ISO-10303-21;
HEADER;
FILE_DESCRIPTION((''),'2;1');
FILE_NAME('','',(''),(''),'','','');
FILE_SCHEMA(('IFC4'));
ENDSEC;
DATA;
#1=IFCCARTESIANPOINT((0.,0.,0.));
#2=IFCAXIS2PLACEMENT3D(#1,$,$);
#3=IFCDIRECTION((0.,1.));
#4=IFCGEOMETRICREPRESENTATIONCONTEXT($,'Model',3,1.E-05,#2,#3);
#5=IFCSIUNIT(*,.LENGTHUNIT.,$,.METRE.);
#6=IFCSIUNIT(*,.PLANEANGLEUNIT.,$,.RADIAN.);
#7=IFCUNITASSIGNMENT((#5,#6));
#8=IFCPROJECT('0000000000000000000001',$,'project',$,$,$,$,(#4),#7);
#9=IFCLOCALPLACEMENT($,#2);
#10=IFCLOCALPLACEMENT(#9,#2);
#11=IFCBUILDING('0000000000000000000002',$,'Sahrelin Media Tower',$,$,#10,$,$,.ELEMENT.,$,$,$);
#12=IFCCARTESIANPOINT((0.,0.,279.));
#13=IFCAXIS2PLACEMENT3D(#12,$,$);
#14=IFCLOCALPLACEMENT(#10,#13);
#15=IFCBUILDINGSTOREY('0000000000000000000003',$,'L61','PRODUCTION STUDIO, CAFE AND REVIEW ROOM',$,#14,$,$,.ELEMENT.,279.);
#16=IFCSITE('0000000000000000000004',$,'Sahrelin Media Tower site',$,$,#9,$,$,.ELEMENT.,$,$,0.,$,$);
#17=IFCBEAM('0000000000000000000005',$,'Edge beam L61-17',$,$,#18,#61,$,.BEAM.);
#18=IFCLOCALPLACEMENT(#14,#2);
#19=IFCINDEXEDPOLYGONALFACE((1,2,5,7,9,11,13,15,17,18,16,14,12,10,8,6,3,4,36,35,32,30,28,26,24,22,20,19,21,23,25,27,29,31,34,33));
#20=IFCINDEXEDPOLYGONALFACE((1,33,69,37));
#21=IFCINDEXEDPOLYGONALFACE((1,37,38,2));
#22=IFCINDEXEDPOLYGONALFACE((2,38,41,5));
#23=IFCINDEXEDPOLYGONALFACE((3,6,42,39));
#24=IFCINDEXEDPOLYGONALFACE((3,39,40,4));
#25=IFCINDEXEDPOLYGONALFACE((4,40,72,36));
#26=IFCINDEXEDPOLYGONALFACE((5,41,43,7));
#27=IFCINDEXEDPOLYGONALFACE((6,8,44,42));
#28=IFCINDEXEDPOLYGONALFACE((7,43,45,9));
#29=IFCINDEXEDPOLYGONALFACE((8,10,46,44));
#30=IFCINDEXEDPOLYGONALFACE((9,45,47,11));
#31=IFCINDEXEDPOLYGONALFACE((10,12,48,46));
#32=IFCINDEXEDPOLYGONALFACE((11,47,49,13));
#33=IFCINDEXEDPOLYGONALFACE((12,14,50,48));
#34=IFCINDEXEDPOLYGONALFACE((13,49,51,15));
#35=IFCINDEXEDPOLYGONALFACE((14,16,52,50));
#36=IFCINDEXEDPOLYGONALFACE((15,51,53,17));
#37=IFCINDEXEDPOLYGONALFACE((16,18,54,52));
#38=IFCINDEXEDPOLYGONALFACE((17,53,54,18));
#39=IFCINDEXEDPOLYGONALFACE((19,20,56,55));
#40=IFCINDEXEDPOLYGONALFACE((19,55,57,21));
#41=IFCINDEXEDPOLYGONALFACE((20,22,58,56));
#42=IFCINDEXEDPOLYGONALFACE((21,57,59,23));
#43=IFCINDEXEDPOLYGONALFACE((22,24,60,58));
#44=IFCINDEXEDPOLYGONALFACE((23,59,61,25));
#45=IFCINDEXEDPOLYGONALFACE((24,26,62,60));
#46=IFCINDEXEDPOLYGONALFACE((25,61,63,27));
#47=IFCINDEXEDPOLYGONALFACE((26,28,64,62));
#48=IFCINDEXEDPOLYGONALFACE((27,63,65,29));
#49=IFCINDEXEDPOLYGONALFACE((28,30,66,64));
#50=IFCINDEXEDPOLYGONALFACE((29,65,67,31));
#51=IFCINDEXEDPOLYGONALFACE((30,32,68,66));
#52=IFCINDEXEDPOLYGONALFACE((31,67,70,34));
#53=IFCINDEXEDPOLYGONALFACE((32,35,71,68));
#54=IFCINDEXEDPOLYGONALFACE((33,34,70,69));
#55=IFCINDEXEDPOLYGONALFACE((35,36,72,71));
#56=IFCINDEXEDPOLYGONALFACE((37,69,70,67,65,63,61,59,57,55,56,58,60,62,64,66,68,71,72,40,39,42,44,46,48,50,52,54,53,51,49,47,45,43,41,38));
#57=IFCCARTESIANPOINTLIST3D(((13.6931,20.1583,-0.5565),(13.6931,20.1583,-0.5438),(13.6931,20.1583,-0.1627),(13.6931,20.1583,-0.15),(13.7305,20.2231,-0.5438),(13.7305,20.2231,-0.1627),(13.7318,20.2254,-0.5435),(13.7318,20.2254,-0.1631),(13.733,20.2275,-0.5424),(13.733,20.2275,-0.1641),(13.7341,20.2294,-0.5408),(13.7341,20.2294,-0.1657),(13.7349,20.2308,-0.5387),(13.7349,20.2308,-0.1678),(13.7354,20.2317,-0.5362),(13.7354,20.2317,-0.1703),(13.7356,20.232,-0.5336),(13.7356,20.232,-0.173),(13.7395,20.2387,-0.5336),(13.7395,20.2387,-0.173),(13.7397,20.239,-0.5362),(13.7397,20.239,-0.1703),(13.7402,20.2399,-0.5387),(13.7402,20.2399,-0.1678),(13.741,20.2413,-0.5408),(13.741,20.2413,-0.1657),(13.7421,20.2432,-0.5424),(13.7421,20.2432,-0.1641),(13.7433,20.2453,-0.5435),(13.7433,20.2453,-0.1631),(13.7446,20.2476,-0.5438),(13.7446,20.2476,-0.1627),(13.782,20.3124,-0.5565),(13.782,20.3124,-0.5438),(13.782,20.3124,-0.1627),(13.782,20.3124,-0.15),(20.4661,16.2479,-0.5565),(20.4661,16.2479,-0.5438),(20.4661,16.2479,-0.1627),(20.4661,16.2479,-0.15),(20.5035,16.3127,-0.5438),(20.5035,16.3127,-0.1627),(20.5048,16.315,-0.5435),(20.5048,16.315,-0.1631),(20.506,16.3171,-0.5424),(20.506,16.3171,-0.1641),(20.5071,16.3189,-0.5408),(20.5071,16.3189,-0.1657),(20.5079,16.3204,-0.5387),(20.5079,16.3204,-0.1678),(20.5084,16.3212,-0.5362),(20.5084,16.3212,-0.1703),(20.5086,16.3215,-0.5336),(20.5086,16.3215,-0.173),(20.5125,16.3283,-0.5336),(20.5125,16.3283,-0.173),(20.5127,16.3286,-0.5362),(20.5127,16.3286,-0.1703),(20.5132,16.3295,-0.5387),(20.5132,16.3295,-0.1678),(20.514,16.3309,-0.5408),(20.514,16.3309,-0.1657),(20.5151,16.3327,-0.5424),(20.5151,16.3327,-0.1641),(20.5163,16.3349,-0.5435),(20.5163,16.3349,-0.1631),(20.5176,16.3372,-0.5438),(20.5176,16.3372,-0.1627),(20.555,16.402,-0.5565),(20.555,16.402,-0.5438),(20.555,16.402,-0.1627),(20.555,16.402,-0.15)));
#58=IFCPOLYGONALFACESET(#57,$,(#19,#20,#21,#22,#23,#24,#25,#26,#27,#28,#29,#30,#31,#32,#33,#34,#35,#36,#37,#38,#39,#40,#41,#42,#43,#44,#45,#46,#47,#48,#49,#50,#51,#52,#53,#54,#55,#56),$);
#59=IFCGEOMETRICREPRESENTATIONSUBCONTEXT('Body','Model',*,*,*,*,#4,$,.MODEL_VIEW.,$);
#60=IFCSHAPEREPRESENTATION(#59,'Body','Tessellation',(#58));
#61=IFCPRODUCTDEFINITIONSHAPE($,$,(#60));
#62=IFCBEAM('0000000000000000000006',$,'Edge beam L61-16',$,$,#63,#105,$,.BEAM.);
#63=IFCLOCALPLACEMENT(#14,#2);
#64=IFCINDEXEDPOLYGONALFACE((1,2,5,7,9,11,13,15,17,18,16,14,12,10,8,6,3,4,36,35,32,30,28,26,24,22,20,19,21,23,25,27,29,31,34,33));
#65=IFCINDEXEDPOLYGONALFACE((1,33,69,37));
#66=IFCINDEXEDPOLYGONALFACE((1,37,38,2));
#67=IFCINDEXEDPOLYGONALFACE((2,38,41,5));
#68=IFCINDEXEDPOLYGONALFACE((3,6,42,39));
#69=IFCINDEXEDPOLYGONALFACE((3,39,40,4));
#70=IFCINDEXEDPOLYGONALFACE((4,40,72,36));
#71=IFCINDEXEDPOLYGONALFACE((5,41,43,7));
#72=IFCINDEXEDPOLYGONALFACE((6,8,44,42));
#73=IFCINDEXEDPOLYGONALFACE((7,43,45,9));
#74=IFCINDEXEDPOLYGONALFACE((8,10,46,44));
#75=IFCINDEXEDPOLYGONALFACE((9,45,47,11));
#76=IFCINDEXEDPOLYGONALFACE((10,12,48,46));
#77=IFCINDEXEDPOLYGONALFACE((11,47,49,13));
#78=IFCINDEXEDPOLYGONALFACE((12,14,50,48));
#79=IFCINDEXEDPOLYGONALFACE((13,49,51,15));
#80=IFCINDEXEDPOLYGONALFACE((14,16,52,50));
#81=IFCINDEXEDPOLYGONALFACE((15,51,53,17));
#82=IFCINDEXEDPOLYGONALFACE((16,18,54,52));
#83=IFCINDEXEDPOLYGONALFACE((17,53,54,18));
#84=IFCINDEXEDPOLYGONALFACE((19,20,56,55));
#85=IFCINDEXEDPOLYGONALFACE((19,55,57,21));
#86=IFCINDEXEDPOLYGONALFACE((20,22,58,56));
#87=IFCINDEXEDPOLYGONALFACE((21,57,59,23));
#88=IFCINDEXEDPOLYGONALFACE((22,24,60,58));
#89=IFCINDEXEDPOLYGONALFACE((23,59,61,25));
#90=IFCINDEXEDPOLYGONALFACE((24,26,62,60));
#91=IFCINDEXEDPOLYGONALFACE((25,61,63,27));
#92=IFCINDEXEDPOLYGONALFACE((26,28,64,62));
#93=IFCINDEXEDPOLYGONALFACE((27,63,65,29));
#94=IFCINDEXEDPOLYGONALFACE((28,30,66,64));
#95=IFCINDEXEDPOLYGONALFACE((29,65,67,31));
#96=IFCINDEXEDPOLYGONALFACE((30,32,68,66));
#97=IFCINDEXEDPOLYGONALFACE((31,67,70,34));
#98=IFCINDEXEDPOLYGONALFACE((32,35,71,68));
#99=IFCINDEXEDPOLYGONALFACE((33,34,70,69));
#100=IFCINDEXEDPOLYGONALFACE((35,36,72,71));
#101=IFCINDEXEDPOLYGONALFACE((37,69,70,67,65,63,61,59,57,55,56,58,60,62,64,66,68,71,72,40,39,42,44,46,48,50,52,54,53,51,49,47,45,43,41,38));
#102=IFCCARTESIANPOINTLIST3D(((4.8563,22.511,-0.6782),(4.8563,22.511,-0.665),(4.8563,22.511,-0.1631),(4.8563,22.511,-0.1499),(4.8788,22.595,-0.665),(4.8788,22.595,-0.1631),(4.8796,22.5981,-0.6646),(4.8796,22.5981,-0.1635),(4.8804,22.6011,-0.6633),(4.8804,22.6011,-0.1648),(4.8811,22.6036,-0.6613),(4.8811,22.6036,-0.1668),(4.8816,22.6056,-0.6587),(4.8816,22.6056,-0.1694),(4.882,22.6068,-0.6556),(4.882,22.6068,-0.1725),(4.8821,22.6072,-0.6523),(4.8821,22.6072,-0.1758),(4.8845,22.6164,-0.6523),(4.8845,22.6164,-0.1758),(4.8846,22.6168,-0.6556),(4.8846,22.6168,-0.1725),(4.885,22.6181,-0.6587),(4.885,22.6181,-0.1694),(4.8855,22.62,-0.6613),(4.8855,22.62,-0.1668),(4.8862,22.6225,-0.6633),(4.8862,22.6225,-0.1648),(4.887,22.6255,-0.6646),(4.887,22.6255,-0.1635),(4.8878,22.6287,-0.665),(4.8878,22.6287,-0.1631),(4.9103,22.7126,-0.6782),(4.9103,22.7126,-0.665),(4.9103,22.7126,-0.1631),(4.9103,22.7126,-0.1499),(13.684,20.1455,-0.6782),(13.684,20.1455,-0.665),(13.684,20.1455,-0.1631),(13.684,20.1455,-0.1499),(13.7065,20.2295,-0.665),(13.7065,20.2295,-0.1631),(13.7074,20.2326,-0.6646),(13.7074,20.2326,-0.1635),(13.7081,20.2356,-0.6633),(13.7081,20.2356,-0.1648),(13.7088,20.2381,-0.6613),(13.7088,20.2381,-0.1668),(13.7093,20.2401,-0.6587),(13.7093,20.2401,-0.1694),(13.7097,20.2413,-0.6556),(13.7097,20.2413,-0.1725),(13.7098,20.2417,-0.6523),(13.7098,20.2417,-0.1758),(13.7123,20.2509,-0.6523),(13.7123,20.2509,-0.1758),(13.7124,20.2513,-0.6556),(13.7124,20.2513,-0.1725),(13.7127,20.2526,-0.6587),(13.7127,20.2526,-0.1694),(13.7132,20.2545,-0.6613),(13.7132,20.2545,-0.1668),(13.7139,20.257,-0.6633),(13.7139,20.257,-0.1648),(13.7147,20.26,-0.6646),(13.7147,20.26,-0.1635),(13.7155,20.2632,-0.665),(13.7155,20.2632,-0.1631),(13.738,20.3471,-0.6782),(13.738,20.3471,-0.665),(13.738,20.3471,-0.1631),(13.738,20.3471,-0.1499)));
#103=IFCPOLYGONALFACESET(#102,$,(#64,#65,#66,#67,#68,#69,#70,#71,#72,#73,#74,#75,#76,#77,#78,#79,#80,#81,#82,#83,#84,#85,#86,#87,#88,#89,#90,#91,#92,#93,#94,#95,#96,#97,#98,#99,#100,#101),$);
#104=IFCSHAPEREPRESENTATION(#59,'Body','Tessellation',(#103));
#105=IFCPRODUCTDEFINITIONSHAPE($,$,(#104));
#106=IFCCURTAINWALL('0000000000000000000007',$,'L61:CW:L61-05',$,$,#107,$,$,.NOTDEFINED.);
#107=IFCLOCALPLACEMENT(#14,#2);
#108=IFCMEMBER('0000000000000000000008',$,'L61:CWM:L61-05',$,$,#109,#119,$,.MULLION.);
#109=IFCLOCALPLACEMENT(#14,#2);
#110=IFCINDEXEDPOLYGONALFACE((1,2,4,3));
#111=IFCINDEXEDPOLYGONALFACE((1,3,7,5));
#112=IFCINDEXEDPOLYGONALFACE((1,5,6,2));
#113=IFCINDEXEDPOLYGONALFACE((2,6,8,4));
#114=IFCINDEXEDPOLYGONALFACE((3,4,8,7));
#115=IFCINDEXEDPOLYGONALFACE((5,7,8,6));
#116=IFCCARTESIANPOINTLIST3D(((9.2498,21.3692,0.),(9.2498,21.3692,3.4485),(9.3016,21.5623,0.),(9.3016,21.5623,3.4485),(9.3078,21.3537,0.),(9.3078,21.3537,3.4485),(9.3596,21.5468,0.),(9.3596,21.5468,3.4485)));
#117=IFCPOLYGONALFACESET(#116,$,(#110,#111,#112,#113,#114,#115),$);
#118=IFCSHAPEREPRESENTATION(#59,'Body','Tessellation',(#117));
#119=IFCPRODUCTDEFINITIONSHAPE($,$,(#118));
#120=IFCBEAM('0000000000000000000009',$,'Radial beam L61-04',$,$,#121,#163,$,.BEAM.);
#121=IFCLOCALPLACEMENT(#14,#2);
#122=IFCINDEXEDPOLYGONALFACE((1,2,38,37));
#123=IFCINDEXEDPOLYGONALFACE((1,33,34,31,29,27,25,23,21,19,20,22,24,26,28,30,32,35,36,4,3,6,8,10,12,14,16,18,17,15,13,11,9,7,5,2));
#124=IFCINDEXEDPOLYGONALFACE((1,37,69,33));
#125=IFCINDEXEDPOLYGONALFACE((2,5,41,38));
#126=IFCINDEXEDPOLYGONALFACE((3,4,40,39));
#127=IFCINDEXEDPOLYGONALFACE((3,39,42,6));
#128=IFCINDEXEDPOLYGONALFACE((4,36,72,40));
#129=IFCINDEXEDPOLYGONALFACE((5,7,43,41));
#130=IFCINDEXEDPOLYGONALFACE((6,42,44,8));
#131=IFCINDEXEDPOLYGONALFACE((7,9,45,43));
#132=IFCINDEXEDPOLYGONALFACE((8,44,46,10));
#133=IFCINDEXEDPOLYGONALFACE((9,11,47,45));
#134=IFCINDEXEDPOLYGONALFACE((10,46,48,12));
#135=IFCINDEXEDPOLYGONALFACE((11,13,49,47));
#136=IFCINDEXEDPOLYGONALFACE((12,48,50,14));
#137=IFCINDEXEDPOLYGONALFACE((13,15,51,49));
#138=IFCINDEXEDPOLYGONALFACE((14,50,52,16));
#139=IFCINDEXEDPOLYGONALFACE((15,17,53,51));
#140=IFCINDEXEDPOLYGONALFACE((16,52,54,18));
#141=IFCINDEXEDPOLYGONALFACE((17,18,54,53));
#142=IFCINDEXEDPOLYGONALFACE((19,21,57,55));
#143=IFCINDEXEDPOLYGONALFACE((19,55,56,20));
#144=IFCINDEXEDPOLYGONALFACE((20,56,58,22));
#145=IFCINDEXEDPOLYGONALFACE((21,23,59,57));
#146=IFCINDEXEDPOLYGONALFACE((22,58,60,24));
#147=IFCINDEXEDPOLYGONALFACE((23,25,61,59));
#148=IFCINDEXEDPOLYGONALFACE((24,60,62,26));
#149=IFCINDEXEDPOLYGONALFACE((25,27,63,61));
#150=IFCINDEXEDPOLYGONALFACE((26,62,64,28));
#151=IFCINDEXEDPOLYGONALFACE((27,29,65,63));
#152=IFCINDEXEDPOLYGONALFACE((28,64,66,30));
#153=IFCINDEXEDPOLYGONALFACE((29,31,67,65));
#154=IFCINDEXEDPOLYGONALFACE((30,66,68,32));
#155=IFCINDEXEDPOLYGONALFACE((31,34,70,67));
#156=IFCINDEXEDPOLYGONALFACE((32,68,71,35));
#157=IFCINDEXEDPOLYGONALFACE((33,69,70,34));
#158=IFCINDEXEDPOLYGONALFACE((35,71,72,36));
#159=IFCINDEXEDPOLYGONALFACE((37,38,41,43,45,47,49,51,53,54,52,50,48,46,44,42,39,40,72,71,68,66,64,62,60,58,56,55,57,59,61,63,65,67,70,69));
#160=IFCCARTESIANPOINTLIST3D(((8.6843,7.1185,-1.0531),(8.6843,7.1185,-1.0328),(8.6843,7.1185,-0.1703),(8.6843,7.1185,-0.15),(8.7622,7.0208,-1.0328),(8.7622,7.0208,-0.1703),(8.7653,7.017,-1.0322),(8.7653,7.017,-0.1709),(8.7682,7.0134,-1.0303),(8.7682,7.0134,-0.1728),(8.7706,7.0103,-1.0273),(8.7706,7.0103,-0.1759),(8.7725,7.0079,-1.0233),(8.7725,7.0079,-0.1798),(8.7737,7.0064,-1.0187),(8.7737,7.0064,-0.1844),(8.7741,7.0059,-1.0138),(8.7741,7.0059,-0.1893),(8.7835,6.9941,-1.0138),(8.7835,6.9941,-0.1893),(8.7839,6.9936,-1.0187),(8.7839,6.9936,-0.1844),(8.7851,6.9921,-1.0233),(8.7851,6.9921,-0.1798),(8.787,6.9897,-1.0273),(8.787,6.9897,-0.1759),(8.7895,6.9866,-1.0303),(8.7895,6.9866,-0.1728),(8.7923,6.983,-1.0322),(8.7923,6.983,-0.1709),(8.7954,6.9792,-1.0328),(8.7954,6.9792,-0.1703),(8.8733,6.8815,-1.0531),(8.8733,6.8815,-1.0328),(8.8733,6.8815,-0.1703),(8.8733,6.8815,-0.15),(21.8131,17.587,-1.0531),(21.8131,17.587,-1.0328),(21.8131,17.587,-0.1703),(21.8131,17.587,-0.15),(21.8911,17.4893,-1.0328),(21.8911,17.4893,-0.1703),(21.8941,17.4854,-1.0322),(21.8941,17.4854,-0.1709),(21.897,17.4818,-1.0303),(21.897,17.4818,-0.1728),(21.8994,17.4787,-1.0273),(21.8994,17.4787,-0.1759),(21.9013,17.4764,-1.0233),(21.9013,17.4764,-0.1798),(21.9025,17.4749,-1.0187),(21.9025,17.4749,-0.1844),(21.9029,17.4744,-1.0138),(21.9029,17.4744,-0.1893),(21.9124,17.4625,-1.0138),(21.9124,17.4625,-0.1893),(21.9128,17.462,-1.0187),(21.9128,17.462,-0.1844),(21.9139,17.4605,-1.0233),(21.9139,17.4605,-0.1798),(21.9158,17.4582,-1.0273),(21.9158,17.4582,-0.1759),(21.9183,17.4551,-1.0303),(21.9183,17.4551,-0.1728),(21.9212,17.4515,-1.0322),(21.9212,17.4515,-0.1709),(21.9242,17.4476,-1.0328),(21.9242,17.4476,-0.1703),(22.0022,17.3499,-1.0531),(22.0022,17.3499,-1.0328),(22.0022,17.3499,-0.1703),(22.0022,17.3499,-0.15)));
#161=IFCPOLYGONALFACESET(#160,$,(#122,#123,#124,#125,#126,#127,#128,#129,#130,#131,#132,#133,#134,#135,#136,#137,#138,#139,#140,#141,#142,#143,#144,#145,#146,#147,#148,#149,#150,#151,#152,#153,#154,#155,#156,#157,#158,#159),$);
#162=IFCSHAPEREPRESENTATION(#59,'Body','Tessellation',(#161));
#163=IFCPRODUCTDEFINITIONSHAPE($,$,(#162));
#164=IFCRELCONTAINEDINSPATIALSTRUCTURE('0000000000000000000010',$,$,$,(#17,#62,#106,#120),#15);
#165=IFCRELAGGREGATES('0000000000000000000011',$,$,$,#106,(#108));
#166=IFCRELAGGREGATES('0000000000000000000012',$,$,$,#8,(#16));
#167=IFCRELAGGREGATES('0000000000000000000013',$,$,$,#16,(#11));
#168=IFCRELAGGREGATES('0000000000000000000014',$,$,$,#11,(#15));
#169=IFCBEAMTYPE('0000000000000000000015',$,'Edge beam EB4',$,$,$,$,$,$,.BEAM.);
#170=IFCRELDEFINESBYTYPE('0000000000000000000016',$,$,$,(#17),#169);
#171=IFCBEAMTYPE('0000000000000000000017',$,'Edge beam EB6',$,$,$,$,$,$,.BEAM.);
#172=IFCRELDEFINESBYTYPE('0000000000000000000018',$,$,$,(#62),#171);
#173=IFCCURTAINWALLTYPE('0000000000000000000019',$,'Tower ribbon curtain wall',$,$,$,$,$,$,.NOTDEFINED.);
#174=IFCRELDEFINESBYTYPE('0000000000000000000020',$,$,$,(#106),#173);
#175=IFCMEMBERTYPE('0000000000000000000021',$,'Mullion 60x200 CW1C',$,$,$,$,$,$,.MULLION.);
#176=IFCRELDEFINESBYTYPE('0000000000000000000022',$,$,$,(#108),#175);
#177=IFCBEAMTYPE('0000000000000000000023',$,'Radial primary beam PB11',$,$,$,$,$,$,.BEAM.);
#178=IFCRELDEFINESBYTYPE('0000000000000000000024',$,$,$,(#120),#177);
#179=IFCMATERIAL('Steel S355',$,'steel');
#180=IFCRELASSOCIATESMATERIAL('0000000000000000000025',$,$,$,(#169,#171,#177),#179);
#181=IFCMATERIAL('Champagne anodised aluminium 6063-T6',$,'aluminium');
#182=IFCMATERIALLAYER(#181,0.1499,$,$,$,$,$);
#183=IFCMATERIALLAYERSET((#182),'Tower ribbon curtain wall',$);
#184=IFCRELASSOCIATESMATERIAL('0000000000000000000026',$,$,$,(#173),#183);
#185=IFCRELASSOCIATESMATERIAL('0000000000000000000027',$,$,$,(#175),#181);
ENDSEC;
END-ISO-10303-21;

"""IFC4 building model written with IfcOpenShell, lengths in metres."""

from ifc_helpers import new_model, si_unit, direction, frame, origin, origin_2d, place, context, subcontext, project, spatial, rectangle, i_section, extrude, material, layer, layer_set, material_profile, profile_set, type_object, element, aggregate, save


model = new_model("IFC4")

# Units and contexts
model_context = context("Model", 3, precision=1e-05, world=origin(), true_north=direction((0.0, 1.0)))
body_context = subcontext(model_context, "Body", "Model", "MODEL_VIEW")
ifc_project = project(units=[si_unit("LENGTHUNIT", "METRE"), si_unit("PLANEANGLEUNIT", "RADIAN")], contexts=[model_context])

# Site, building, storey
site_placement = place(None, origin())
site = spatial("IfcSite", under=ifc_project, at=site_placement, Name="Sahrelin Media Tower site", CompositionType="ELEMENT", RefElevation=0.0)
building_placement = place(site_placement, origin())
building = spatial("IfcBuilding", under=site, at=building_placement, Name="Sahrelin Media Tower", CompositionType="ELEMENT")
storey_placement = place(building_placement, frame((0.0, 0.0, 279.0)))
storey = spatial("IfcBuildingStorey", under=building, at=storey_placement, Name="L61", Description="PRODUCTION STUDIO, CAFE AND REVIEW ROOM", CompositionType="ELEMENT", Elevation=279.0)

# Beams
ifc_material_1 = material(Name="Steel S355", Category="steel")
ifc_material_profile_1 = material_profile(ifc_material_1, i_section(OverallWidth=0.178, OverallDepth=0.4065, WebThickness=0.0078, FlangeThickness=0.0127, FilletRadius=0.0103, at=origin_2d()), Name="UB 406x178x60")
ifc_profile_set_1 = profile_set([ifc_material_profile_1], Name="Steel S355")
beam_type_1 = type_object("IfcBeamType", Name="Edge beam EB4", PredefinedType="BEAM", material=ifc_profile_set_1)
beam_1_placement = place(storey_placement, frame((13.7375, 20.2354, -0.3533), z_axis=(0.866023, -0.500003, 0.0), x_axis=(0.500003, 0.866023, 0.0)))
element("IfcBeam", 1, at=beam_1_placement, inside=storey, type_object=beam_type_1, Name="Edge beam L61-17", PredefinedType="BEAM", context=body_context, shape_type="SweptSolid", body=[
    extrude(i_section(OverallWidth=0.178, OverallDepth=0.4065, WebThickness=0.0078, FlangeThickness=0.0127, FilletRadius=0.0103, at=origin_2d()), origin(), (0.0, 0.0, 1.0), 7.8208),
])
ifc_material_profile_2 = material_profile(ifc_material_1, i_section(OverallWidth=0.2087, OverallDepth=0.5283, WebThickness=0.0095, FlangeThickness=0.0132, FilletRadius=0.0127, at=origin_2d()), Name="UB 533x210x82")
ifc_profile_set_2 = profile_set([ifc_material_profile_2], Name="Steel S355")
beam_type_2 = type_object("IfcBeamType", Name="Edge beam EB6", PredefinedType="BEAM", material=ifc_profile_set_2)
beam_2_placement = place(storey_placement, frame((4.8833, 22.6118, -0.4141), z_axis=(0.965923, -0.258831, 0.0), x_axis=(0.258831, 0.965923, 0.0)))
element("IfcBeam", 2, at=beam_2_placement, inside=storey, type_object=beam_type_2, Name="Edge beam L61-16", PredefinedType="BEAM", context=body_context, shape_type="SweptSolid", body=[
    extrude(i_section(OverallWidth=0.2087, OverallDepth=0.5283, WebThickness=0.0095, FlangeThickness=0.0132, FilletRadius=0.0127, at=origin_2d()), origin(), (0.0, 0.0, 1.0), 9.1392),
])

# Curtain wall, member
ifc_material_2 = material(Name="Champagne anodised aluminium 6063-T6", Category="aluminium")
ifc_layer_1 = layer(ifc_material_2, 0.1499)
ifc_layer_set_1 = layer_set([ifc_layer_1], Name="Tower ribbon curtain wall")
curtain_wall_type = type_object("IfcCurtainWallType", Name="Tower ribbon curtain wall", PredefinedType="NOTDEFINED", material=ifc_layer_set_1)
curtain_wall_1_placement = place(storey_placement, frame((9.3359, 21.574, 0.0), z_axis=(0.0, 0.0, 1.0), x_axis=(1.0, 0.0, 0.0)))
curtain_wall_1 = element("IfcCurtainWall", 3, at=curtain_wall_1_placement, inside=storey, type_object=curtain_wall_type, Name="L61:CW:L61-05", PredefinedType="NOTDEFINED")
ifc_material_profile_3 = material_profile(ifc_material_2, rectangle(XDim=0.0601, YDim=0.2, at=origin_2d()), Name="Mullion 60x200")
ifc_profile_set_3 = profile_set([ifc_material_profile_3], Name="Champagne anodised aluminium 6063-T6")
member_type_1 = type_object("IfcMemberType", Name="Mullion 60x200 CW1C", PredefinedType="MULLION", material=ifc_profile_set_3)
member_1_placement = place(storey_placement, frame((9.3047, 21.458, 0.0), z_axis=(0.0, 0.0, 1.0), x_axis=(-0.965926, 0.258817, 0.0)))
member_1 = element("IfcMember", 4, at=member_1_placement, type_object=member_type_1, Name="L61:CWM:L61-05", PredefinedType="MULLION", context=body_context, shape_type="SweptSolid", body=[
    extrude(rectangle(XDim=0.0601, YDim=0.2, at=origin_2d()), origin(), (0.0, 0.0, 1.0), 3.4485),
])

# Beam
ifc_material_profile_4 = material_profile(ifc_material_1, i_section(OverallWidth=0.3032, OverallDepth=0.9031, WebThickness=0.0151, FlangeThickness=0.0203, FilletRadius=0.019, at=origin_2d()), Name="UB 914x305x201")
ifc_profile_set_4 = profile_set([ifc_material_profile_4], Name="Steel S355")
beam_type_3 = type_object("IfcBeamType", Name="Radial primary beam PB11", PredefinedType="BEAM", material=ifc_profile_set_4)
beam_3_placement = place(storey_placement, frame((8.7788, 7.0, -0.6016), z_axis=(0.781874, 0.623437, 0.0), x_axis=(-0.623437, 0.781874, 0.0)))
element("IfcBeam", 5, at=beam_3_placement, inside=storey, type_object=beam_type_3, Name="Radial beam L61-04", PredefinedType="BEAM", context=body_context, shape_type="SweptSolid", body=[
    extrude(i_section(OverallWidth=0.3032, OverallDepth=0.9031, WebThickness=0.0151, FlangeThickness=0.0203, FilletRadius=0.019, at=origin_2d()), origin(), (0.0, 0.0, 1.0), 16.7915),
])

aggregate(curtain_wall_1, [member_1])

save(model, "model.ifc")
